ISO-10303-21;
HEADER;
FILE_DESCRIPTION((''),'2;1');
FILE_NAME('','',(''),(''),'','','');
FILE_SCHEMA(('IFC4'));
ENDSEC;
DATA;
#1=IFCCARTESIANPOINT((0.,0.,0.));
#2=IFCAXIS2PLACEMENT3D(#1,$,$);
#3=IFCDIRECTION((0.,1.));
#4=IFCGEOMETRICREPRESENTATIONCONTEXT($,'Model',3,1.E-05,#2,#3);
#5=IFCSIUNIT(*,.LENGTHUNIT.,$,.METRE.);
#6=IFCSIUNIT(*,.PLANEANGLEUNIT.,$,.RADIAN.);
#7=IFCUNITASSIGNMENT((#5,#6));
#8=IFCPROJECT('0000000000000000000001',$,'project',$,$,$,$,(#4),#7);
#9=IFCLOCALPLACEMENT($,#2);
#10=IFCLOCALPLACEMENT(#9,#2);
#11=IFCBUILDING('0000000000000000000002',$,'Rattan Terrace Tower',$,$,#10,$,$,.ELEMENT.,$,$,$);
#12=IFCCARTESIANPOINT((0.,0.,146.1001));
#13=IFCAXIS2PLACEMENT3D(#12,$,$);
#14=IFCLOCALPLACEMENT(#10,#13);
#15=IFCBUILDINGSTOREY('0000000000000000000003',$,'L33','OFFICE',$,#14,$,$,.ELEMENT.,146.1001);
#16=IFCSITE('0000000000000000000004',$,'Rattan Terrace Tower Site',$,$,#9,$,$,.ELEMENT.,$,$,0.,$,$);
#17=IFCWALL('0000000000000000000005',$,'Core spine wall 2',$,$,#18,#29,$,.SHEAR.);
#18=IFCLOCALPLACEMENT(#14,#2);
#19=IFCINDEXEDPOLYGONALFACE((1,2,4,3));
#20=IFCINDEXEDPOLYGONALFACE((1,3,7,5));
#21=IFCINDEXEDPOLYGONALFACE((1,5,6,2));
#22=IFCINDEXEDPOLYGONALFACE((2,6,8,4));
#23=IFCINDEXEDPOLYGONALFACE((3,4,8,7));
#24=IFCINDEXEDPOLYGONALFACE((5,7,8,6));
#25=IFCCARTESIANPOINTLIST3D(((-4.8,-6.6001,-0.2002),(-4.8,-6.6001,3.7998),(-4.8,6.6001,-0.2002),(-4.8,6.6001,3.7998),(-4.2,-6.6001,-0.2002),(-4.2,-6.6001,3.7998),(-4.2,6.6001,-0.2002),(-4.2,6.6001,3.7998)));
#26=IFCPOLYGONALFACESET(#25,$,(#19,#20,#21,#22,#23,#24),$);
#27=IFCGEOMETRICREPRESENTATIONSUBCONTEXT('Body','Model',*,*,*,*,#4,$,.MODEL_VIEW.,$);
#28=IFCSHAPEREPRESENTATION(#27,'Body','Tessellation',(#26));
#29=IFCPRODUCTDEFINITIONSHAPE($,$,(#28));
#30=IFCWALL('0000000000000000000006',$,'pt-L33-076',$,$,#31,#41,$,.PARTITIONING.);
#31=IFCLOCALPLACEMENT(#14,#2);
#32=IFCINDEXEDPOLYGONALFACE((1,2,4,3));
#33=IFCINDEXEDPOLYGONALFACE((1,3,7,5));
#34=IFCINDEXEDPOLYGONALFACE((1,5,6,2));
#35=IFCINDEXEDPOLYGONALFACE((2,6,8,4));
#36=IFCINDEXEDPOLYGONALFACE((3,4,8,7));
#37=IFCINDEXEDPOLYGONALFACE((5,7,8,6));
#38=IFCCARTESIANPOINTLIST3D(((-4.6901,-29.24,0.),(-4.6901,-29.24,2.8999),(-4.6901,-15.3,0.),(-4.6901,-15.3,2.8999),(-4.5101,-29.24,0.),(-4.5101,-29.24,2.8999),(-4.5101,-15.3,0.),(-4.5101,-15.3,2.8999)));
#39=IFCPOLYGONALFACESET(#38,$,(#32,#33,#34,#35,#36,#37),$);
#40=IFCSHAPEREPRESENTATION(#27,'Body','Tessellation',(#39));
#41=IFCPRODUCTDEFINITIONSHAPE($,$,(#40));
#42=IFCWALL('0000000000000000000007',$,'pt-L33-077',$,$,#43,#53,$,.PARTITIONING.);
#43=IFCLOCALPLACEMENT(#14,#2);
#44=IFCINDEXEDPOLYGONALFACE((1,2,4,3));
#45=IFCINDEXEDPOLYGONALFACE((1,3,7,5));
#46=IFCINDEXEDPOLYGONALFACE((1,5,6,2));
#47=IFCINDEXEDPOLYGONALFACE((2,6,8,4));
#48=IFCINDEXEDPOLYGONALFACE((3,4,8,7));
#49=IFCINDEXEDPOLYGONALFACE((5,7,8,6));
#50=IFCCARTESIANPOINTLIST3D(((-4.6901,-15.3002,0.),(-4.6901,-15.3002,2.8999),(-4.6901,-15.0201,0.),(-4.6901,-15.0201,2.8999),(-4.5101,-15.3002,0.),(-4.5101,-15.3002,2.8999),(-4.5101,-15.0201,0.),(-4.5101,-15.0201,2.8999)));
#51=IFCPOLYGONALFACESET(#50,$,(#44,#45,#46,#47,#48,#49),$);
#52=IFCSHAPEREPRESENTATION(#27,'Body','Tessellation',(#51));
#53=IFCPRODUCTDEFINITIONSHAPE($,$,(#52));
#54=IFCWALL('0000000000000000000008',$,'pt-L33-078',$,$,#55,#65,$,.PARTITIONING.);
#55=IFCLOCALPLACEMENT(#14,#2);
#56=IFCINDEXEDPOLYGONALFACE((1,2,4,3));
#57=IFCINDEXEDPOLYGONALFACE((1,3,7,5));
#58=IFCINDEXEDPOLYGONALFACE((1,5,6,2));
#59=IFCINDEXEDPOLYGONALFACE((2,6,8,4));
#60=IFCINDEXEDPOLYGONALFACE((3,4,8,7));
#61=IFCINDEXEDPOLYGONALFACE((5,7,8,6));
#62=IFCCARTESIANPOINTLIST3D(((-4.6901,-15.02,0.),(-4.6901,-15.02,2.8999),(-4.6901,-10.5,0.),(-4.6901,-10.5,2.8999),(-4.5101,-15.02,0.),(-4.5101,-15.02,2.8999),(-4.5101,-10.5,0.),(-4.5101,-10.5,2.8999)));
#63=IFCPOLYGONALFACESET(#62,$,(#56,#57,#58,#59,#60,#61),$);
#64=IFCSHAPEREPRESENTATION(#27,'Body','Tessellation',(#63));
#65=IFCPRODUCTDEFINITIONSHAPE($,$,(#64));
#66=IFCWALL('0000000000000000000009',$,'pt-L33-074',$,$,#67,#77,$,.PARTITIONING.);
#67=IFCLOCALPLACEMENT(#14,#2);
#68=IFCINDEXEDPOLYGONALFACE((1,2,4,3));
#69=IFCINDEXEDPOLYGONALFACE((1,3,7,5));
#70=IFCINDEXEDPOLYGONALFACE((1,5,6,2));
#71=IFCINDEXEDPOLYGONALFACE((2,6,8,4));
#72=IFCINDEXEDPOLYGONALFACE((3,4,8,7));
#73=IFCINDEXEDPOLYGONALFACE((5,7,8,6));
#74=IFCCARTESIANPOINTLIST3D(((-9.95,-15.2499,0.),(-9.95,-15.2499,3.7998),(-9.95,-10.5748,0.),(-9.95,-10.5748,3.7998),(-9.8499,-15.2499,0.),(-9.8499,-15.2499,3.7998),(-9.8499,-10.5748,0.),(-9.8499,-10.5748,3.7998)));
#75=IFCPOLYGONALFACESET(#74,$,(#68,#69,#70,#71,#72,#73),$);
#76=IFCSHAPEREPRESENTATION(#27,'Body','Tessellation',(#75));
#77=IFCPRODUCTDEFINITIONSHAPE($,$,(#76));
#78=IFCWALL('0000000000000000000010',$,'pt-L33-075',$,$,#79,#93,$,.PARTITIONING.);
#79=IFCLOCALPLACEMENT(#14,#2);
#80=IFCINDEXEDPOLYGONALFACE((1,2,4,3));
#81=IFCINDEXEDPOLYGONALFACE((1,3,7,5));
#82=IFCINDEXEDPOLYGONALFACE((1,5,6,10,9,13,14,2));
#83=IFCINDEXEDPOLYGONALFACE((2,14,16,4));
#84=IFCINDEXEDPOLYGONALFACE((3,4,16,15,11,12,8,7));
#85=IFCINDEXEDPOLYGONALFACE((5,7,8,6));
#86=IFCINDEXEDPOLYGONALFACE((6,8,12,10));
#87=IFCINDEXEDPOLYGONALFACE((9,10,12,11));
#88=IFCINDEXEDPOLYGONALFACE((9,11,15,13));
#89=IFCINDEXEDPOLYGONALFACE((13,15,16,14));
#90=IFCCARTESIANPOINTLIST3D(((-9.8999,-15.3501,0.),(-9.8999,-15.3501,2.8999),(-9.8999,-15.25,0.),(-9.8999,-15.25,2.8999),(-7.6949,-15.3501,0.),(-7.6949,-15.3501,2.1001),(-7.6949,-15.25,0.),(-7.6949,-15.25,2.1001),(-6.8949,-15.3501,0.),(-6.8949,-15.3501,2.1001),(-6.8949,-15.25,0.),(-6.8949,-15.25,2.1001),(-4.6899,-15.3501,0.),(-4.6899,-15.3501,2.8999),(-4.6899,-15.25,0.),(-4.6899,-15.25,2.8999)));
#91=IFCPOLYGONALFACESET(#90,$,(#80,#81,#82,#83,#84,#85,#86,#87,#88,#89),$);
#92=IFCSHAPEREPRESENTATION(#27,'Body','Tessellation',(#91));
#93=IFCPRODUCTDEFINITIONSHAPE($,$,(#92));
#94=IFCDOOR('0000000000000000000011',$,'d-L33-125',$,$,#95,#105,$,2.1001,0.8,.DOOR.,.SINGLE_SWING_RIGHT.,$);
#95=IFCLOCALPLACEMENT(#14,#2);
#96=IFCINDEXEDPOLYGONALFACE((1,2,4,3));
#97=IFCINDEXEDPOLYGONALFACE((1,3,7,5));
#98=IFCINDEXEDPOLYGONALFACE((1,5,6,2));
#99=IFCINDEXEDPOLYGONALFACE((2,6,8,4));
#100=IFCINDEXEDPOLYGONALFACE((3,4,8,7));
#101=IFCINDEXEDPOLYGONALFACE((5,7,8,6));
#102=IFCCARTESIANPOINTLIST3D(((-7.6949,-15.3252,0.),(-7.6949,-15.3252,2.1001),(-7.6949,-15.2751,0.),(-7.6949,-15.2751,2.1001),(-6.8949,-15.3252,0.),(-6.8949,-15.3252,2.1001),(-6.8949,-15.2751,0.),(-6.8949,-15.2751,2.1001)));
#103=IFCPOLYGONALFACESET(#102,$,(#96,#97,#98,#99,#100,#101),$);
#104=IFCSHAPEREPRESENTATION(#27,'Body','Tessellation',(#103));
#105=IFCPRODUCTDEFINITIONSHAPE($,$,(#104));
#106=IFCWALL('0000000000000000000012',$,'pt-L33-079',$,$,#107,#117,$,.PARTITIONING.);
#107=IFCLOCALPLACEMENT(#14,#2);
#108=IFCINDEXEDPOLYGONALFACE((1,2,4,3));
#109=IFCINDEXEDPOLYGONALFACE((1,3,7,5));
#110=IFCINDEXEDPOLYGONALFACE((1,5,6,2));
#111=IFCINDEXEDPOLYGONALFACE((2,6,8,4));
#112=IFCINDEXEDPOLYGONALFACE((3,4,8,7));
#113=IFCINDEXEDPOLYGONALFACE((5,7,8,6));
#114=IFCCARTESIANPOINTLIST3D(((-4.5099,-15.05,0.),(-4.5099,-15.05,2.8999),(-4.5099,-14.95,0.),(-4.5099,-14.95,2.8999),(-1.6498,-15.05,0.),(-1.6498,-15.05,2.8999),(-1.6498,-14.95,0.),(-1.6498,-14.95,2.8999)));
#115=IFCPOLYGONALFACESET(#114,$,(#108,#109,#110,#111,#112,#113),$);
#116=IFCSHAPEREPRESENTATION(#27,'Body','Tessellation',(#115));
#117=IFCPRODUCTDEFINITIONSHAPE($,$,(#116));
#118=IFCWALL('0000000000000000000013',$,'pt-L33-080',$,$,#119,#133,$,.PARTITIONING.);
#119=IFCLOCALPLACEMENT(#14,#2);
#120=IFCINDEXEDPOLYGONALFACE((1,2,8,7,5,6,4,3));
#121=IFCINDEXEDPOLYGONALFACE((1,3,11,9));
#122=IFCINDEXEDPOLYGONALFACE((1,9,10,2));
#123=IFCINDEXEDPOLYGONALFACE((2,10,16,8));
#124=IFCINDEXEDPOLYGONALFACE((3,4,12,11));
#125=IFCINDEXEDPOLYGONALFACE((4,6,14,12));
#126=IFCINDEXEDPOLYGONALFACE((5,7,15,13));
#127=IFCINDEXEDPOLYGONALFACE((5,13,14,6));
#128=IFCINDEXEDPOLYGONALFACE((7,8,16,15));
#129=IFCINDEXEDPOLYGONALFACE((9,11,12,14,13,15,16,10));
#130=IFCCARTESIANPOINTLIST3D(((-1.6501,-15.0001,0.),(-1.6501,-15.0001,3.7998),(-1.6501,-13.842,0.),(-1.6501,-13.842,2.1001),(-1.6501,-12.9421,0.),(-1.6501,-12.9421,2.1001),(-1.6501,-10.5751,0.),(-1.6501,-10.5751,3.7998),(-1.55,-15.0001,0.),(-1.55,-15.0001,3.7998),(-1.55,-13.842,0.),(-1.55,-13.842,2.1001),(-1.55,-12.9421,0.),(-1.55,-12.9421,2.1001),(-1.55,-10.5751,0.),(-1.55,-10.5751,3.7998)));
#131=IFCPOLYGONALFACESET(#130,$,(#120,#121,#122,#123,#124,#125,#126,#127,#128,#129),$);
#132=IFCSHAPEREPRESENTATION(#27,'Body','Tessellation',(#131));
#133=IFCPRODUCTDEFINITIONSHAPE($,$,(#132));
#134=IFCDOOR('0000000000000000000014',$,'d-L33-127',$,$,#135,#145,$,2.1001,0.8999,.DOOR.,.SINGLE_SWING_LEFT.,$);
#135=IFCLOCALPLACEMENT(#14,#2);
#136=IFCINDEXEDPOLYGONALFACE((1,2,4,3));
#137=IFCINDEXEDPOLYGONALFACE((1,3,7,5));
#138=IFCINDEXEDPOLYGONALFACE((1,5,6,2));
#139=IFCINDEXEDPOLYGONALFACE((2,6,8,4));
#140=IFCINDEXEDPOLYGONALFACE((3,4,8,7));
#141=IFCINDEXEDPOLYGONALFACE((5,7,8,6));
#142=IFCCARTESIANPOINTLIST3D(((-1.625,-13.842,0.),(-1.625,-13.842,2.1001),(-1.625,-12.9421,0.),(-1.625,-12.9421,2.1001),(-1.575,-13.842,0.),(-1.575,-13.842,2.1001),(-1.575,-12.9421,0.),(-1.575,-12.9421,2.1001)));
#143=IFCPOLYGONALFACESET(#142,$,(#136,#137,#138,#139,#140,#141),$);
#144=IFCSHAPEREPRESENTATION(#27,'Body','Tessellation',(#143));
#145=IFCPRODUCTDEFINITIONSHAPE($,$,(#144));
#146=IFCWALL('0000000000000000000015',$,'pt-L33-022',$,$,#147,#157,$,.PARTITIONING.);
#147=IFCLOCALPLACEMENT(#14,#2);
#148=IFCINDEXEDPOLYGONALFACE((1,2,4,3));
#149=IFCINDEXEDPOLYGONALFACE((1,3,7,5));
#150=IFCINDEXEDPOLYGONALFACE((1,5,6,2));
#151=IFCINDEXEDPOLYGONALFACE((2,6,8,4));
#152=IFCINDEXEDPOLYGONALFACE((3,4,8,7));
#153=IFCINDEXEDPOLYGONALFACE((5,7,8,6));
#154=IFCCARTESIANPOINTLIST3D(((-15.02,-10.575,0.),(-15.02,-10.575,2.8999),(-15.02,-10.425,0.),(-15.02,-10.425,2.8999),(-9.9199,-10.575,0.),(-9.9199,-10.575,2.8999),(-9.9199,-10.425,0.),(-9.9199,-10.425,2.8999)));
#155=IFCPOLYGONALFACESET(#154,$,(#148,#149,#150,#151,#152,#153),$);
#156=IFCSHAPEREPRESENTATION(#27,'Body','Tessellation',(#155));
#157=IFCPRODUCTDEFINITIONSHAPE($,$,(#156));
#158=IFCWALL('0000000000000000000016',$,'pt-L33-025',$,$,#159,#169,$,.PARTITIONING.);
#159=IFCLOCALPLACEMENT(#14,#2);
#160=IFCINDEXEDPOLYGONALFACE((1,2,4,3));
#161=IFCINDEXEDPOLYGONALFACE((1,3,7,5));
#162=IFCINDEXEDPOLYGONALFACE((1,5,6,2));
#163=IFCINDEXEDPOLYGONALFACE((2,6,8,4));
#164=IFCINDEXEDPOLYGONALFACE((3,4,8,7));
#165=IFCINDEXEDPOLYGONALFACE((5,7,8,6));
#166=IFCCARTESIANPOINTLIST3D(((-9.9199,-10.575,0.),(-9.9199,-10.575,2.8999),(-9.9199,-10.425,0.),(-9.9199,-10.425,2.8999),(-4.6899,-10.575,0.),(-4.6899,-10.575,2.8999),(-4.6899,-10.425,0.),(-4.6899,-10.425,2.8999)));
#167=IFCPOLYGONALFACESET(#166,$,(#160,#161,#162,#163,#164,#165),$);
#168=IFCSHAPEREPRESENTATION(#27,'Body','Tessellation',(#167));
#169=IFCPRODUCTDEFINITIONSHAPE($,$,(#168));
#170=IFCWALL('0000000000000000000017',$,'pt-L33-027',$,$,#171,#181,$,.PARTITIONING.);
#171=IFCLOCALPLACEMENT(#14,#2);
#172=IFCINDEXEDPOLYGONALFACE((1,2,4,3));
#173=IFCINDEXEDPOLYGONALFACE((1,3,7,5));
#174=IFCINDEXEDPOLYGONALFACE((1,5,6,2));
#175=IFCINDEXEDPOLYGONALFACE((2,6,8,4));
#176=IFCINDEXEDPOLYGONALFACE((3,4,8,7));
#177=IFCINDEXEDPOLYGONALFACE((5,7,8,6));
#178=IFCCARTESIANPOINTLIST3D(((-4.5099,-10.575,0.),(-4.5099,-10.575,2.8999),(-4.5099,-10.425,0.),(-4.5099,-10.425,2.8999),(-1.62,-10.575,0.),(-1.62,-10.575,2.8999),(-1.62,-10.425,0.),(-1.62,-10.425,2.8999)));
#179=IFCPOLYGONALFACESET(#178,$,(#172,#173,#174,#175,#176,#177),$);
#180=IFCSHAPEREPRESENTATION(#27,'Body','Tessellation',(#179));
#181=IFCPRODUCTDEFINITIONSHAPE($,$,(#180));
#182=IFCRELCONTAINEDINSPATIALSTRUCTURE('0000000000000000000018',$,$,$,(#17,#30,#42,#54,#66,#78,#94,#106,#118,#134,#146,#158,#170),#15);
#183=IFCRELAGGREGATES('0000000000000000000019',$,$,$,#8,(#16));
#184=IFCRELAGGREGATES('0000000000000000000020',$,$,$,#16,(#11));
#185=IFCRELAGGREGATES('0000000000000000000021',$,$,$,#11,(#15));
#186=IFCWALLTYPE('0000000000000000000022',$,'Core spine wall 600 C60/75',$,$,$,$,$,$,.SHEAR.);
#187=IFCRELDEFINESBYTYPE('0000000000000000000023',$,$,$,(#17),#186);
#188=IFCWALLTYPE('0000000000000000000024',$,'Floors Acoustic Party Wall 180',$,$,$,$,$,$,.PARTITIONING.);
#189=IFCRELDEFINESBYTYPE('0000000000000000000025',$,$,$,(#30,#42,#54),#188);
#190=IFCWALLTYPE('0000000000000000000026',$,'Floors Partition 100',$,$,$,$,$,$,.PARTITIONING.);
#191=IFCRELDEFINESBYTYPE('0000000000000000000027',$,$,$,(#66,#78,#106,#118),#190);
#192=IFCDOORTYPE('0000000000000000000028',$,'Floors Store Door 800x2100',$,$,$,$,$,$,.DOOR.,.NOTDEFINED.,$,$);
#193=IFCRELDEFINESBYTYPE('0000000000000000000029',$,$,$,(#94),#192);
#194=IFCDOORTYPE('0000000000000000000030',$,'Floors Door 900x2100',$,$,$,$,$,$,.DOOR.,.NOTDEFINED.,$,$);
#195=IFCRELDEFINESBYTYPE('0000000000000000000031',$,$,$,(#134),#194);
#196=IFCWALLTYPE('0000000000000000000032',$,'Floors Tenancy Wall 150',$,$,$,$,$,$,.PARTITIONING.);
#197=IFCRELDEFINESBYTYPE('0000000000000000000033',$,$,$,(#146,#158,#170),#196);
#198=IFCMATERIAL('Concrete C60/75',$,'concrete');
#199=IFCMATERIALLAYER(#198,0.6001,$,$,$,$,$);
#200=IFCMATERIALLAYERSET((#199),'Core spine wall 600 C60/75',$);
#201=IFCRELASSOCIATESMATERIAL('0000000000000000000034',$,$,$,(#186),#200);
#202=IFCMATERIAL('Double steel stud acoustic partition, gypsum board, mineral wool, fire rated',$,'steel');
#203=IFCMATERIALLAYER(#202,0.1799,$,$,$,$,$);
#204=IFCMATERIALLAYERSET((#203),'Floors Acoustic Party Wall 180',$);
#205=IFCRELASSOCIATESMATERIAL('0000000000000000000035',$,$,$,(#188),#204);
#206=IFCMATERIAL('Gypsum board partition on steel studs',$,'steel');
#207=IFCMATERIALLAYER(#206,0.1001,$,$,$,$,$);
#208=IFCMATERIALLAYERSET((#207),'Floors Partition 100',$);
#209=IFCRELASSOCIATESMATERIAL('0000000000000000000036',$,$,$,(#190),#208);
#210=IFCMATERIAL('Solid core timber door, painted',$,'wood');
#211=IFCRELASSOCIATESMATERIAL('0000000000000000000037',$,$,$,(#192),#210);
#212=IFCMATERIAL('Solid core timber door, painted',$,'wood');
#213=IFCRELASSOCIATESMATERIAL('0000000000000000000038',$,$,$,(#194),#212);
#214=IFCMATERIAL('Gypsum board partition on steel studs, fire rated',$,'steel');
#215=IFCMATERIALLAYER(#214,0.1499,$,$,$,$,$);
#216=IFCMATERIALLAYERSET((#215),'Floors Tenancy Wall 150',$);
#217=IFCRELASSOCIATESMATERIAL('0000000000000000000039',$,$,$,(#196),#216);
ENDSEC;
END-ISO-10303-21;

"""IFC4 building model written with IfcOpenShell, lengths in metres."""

from ifc_helpers import new_model, si_unit, direction, frame, frame_2d, origin, place, context, subcontext, project, spatial, rectangle, extrude, material, layer, layer_set, type_object, element, fill, save


model = new_model("IFC4")

# Units and contexts
model_context = context("Model", 3, precision=1e-05, world=origin(), true_north=direction((0.0, 1.0)))
body_context = subcontext(model_context, "Body", "Model", "MODEL_VIEW")
ifc_project = project(units=[si_unit("LENGTHUNIT", "METRE"), si_unit("PLANEANGLEUNIT", "RADIAN")], contexts=[model_context])

# Site, building, storey
site_placement = place(None, origin())
site = spatial("IfcSite", under=ifc_project, at=site_placement, Name="Rattan Terrace Tower Site", CompositionType="ELEMENT", RefElevation=0.0)
building_placement = place(site_placement, origin())
building = spatial("IfcBuilding", under=site, at=building_placement, Name="Rattan Terrace Tower", CompositionType="ELEMENT")
storey_placement = place(building_placement, frame((0.0, 0.0, 146.1001)))
storey = spatial("IfcBuildingStorey", under=building, at=storey_placement, Name="L33", Description="OFFICE", CompositionType="ELEMENT", Elevation=146.1001)

# Walls
ifc_material_1 = material(Name="Concrete C60/75", Category="concrete")
ifc_layer_1 = layer(ifc_material_1, 0.6001)
ifc_layer_set_1 = layer_set([ifc_layer_1], Name="Core spine wall 600 C60/75")
wall_type_1 = type_object("IfcWallType", Name="Core spine wall 600 C60/75", PredefinedType="SHEAR", material=ifc_layer_set_1)
wall_1_placement = place(storey_placement, frame((-4.5, -6.6001, -0.2002), z_axis=(0.0, 0.0, 1.0), x_axis=(0.0, 1.0, 0.0)))
element("IfcWall", 1, at=wall_1_placement, inside=storey, type_object=wall_type_1, Name="Core spine wall 2", PredefinedType="SHEAR", context=body_context, shape_type="SweptSolid", body=[
    extrude(rectangle(XDim=13.2002, YDim=0.6001, at=frame_2d((6.6001, 0.0))), origin(), (0.0, 0.0, 1.0), 4.0),
])
ifc_material_2 = material(Name="Double steel stud acoustic partition, gypsum board, mineral wool, fire rated", Category="steel")
ifc_layer_2 = layer(ifc_material_2, 0.1799)
ifc_layer_set_2 = layer_set([ifc_layer_2], Name="Floors Acoustic Party Wall 180")
wall_type_2 = type_object("IfcWallType", Name="Floors Acoustic Party Wall 180", PredefinedType="PARTITIONING", material=ifc_layer_set_2)
wall_2_placement = place(storey_placement, frame((-4.6001, -15.3, 0.0), z_axis=(0.0, 0.0, 1.0), x_axis=(0.0, -1.0, 0.0)))
element("IfcWall", 2, at=wall_2_placement, inside=storey, type_object=wall_type_2, Name="pt-L33-076", PredefinedType="PARTITIONING", context=body_context, shape_type="SweptSolid", body=[
    extrude(rectangle(XDim=13.9399, YDim=0.1799, at=frame_2d((6.97, 0.0))), origin(), (0.0, 0.0, 1.0), 2.8999),
])
wall_3_placement = place(storey_placement, frame((-4.6001, -15.02, 0.0), z_axis=(0.0, 0.0, 1.0), x_axis=(0.0, -1.0, 0.0)))
element("IfcWall", 3, at=wall_3_placement, inside=storey, type_object=wall_type_2, Name="pt-L33-077", PredefinedType="PARTITIONING", context=body_context, shape_type="SweptSolid", body=[
    extrude(rectangle(XDim=0.28, YDim=0.1799, at=frame_2d((0.1401, 0.0))), origin(), (0.0, 0.0, 1.0), 2.8999),
])
wall_4_placement = place(storey_placement, frame((-4.6001, -10.5, 0.0), z_axis=(0.0, 0.0, 1.0), x_axis=(0.0, -1.0, 0.0)))
element("IfcWall", 4, at=wall_4_placement, inside=storey, type_object=wall_type_2, Name="pt-L33-078", PredefinedType="PARTITIONING", context=body_context, shape_type="SweptSolid", body=[
    extrude(rectangle(XDim=4.52, YDim=0.1799, at=frame_2d((2.26, 0.0))), origin(), (0.0, 0.0, 1.0), 2.8999),
])
ifc_material_3 = material(Name="Gypsum board partition on steel studs", Category="steel")
ifc_layer_3 = layer(ifc_material_3, 0.1001)
ifc_layer_set_3 = layer_set([ifc_layer_3], Name="Floors Partition 100")
wall_type_3 = type_object("IfcWallType", Name="Floors Partition 100", PredefinedType="PARTITIONING", material=ifc_layer_set_3)
wall_5_placement = place(storey_placement, frame((-9.8999, -10.575, 0.0), z_axis=(0.0, 0.0, 1.0), x_axis=(0.0, -1.0, 0.0)))
element("IfcWall", 5, at=wall_5_placement, inside=storey, type_object=wall_type_3, Name="pt-L33-074", PredefinedType="PARTITIONING", context=body_context, shape_type="SweptSolid", body=[
    extrude(rectangle(XDim=4.675, YDim=0.1001, at=frame_2d((2.3374, 0.0))), origin(), (0.0, 0.0, 1.0), 3.7998),
])

# Wall, opening, door
wall_6_placement = place(storey_placement, frame((-9.8999, -15.3, 0.0), z_axis=(0.0, 0.0, 1.0), x_axis=(1.0, 0.0, 0.0)))
wall_6 = element("IfcWall", 6, at=wall_6_placement, inside=storey, type_object=wall_type_3, Name="pt-L33-075", PredefinedType="PARTITIONING", context=body_context, shape_type="SweptSolid", body=[
    extrude(rectangle(XDim=5.21, YDim=0.1001, at=frame_2d((2.605, 0.0))), origin(), (0.0, 0.0, 1.0), 2.8999),
])
opening_1_placement = place(wall_6_placement, frame((2.2051, 0.0, 0.0)))
opening_1 = element("IfcOpeningElement", 7, at=opening_1_placement, cuts=wall_6, PredefinedType="OPENING", context=body_context, shape_type="SweptSolid", body=[
    extrude(rectangle(XDim=0.8, YDim=2.1001, at=frame_2d((0.3999, 1.05))), frame((0.0, 0.0605, 0.0), z_axis=(0.0, -1.0, 0.0), x_axis=(1.0, 0.0, 0.0)), (0.0, 0.0, 1.0), 0.1211),
])
ifc_material_4 = material(Name="Solid core timber door, painted", Category="wood")
door_type_1 = type_object("IfcDoorType", Name="Floors Store Door 800x2100", OperationType="NOTDEFINED", PredefinedType="DOOR", material=ifc_material_4)
door_1_placement = place(opening_1_placement, origin())
door_1 = element("IfcDoor", 8, at=door_1_placement, inside=storey, type_object=door_type_1, Name="d-L33-125", OperationType="SINGLE_SWING_RIGHT", OverallHeight=2.1001, OverallWidth=0.8, PredefinedType="DOOR", context=body_context, shape_type="SweptSolid", body=[
    extrude(rectangle(XDim=0.8, YDim=2.1001, at=frame_2d((0.3999, 1.05))), frame((0.0, 0.0249, 0.0), z_axis=(0.0, -1.0, 0.0), x_axis=(1.0, 0.0, 0.0)), (0.0, 0.0, 1.0), 0.05),
])
fill(opening_1, door_1)

# Wall
wall_7_placement = place(storey_placement, frame((-4.51, -15.0, 0.0), z_axis=(0.0, 0.0, 1.0), x_axis=(1.0, 0.0, 0.0)))
element("IfcWall", 9, at=wall_7_placement, inside=storey, type_object=wall_type_3, Name="pt-L33-079", PredefinedType="PARTITIONING", context=body_context, shape_type="SweptSolid", body=[
    extrude(rectangle(XDim=2.8601, YDim=0.1001, at=frame_2d((1.4302, 0.0))), origin(), (0.0, 0.0, 1.0), 2.8999),
])

# Wall, opening, door
wall_8_placement = place(storey_placement, frame((-1.6001, -15.0, 0.0), z_axis=(0.0, 0.0, 1.0), x_axis=(0.0, 1.0, 0.0)))
wall_8 = element("IfcWall", 10, at=wall_8_placement, inside=storey, type_object=wall_type_3, Name="pt-L33-080", PredefinedType="PARTITIONING", context=body_context, shape_type="SweptSolid", body=[
    extrude(rectangle(XDim=4.425, YDim=0.1001, at=frame_2d((2.2124, 0.0))), origin(), (0.0, 0.0, 1.0), 3.7998),
])
opening_2_placement = place(wall_8_placement, frame((1.158, 0.0, 0.0)))
opening_2 = element("IfcOpeningElement", 11, at=opening_2_placement, cuts=wall_8, PredefinedType="OPENING", context=body_context, shape_type="SweptSolid", body=[
    extrude(rectangle(XDim=0.8999, YDim=2.1001, at=frame_2d((0.45, 1.05))), frame((0.0, 0.0605, 0.0), z_axis=(0.0, -1.0, 0.0), x_axis=(1.0, 0.0, 0.0)), (0.0, 0.0, 1.0), 0.1211),
])
ifc_material_5 = material(Name="Solid core timber door, painted", Category="wood")
door_type_2 = type_object("IfcDoorType", Name="Floors Door 900x2100", OperationType="NOTDEFINED", PredefinedType="DOOR", material=ifc_material_5)
door_2_placement = place(opening_2_placement, origin())
door_2 = element("IfcDoor", 12, at=door_2_placement, inside=storey, type_object=door_type_2, Name="d-L33-127", OperationType="SINGLE_SWING_LEFT", OverallHeight=2.1001, OverallWidth=0.8999, PredefinedType="DOOR", context=body_context, shape_type="SweptSolid", body=[
    extrude(rectangle(XDim=0.8999, YDim=2.1001, at=frame_2d((0.45, 1.05))), frame((0.0, 0.0249, 0.0), z_axis=(0.0, -1.0, 0.0), x_axis=(1.0, 0.0, 0.0)), (0.0, 0.0, 1.0), 0.05),
])
fill(opening_2, door_2)

# Walls
ifc_material_6 = material(Name="Gypsum board partition on steel studs, fire rated", Category="steel")
ifc_layer_4 = layer(ifc_material_6, 0.1499)
ifc_layer_set_4 = layer_set([ifc_layer_4], Name="Floors Tenancy Wall 150")
wall_type_4 = type_object("IfcWallType", Name="Floors Tenancy Wall 150", PredefinedType="PARTITIONING", material=ifc_layer_set_4)
wall_9_placement = place(storey_placement, frame((-9.9199, -10.5, 0.0), z_axis=(0.0, 0.0, 1.0), x_axis=(-1.0, 0.0, 0.0)))
element("IfcWall", 13, at=wall_9_placement, inside=storey, type_object=wall_type_4, Name="pt-L33-022", PredefinedType="PARTITIONING", context=body_context, shape_type="SweptSolid", body=[
    extrude(rectangle(XDim=5.1001, YDim=0.1499, at=frame_2d((2.55, 0.0))), origin(), (0.0, 0.0, 1.0), 2.8999),
])
wall_10_placement = place(storey_placement, frame((-4.6899, -10.5, 0.0), z_axis=(0.0, 0.0, 1.0), x_axis=(-1.0, 0.0, 0.0)))
element("IfcWall", 14, at=wall_10_placement, inside=storey, type_object=wall_type_4, Name="pt-L33-025", PredefinedType="PARTITIONING", context=body_context, shape_type="SweptSolid", body=[
    extrude(rectangle(XDim=5.23, YDim=0.1499, at=frame_2d((2.615, 0.0))), origin(), (0.0, 0.0, 1.0), 2.8999),
])
wall_11_placement = place(storey_placement, frame((-1.6201, -10.5, 0.0), z_axis=(0.0, 0.0, 1.0), x_axis=(-1.0, 0.0, 0.0)))
element("IfcWall", 15, at=wall_11_placement, inside=storey, type_object=wall_type_4, Name="pt-L33-027", PredefinedType="PARTITIONING", context=body_context, shape_type="SweptSolid", body=[
    extrude(rectangle(XDim=2.8899, YDim=0.1499, at=frame_2d((1.4448, 0.0))), origin(), (0.0, 0.0, 1.0), 2.8999),
])

save(model, "model.ifc")
